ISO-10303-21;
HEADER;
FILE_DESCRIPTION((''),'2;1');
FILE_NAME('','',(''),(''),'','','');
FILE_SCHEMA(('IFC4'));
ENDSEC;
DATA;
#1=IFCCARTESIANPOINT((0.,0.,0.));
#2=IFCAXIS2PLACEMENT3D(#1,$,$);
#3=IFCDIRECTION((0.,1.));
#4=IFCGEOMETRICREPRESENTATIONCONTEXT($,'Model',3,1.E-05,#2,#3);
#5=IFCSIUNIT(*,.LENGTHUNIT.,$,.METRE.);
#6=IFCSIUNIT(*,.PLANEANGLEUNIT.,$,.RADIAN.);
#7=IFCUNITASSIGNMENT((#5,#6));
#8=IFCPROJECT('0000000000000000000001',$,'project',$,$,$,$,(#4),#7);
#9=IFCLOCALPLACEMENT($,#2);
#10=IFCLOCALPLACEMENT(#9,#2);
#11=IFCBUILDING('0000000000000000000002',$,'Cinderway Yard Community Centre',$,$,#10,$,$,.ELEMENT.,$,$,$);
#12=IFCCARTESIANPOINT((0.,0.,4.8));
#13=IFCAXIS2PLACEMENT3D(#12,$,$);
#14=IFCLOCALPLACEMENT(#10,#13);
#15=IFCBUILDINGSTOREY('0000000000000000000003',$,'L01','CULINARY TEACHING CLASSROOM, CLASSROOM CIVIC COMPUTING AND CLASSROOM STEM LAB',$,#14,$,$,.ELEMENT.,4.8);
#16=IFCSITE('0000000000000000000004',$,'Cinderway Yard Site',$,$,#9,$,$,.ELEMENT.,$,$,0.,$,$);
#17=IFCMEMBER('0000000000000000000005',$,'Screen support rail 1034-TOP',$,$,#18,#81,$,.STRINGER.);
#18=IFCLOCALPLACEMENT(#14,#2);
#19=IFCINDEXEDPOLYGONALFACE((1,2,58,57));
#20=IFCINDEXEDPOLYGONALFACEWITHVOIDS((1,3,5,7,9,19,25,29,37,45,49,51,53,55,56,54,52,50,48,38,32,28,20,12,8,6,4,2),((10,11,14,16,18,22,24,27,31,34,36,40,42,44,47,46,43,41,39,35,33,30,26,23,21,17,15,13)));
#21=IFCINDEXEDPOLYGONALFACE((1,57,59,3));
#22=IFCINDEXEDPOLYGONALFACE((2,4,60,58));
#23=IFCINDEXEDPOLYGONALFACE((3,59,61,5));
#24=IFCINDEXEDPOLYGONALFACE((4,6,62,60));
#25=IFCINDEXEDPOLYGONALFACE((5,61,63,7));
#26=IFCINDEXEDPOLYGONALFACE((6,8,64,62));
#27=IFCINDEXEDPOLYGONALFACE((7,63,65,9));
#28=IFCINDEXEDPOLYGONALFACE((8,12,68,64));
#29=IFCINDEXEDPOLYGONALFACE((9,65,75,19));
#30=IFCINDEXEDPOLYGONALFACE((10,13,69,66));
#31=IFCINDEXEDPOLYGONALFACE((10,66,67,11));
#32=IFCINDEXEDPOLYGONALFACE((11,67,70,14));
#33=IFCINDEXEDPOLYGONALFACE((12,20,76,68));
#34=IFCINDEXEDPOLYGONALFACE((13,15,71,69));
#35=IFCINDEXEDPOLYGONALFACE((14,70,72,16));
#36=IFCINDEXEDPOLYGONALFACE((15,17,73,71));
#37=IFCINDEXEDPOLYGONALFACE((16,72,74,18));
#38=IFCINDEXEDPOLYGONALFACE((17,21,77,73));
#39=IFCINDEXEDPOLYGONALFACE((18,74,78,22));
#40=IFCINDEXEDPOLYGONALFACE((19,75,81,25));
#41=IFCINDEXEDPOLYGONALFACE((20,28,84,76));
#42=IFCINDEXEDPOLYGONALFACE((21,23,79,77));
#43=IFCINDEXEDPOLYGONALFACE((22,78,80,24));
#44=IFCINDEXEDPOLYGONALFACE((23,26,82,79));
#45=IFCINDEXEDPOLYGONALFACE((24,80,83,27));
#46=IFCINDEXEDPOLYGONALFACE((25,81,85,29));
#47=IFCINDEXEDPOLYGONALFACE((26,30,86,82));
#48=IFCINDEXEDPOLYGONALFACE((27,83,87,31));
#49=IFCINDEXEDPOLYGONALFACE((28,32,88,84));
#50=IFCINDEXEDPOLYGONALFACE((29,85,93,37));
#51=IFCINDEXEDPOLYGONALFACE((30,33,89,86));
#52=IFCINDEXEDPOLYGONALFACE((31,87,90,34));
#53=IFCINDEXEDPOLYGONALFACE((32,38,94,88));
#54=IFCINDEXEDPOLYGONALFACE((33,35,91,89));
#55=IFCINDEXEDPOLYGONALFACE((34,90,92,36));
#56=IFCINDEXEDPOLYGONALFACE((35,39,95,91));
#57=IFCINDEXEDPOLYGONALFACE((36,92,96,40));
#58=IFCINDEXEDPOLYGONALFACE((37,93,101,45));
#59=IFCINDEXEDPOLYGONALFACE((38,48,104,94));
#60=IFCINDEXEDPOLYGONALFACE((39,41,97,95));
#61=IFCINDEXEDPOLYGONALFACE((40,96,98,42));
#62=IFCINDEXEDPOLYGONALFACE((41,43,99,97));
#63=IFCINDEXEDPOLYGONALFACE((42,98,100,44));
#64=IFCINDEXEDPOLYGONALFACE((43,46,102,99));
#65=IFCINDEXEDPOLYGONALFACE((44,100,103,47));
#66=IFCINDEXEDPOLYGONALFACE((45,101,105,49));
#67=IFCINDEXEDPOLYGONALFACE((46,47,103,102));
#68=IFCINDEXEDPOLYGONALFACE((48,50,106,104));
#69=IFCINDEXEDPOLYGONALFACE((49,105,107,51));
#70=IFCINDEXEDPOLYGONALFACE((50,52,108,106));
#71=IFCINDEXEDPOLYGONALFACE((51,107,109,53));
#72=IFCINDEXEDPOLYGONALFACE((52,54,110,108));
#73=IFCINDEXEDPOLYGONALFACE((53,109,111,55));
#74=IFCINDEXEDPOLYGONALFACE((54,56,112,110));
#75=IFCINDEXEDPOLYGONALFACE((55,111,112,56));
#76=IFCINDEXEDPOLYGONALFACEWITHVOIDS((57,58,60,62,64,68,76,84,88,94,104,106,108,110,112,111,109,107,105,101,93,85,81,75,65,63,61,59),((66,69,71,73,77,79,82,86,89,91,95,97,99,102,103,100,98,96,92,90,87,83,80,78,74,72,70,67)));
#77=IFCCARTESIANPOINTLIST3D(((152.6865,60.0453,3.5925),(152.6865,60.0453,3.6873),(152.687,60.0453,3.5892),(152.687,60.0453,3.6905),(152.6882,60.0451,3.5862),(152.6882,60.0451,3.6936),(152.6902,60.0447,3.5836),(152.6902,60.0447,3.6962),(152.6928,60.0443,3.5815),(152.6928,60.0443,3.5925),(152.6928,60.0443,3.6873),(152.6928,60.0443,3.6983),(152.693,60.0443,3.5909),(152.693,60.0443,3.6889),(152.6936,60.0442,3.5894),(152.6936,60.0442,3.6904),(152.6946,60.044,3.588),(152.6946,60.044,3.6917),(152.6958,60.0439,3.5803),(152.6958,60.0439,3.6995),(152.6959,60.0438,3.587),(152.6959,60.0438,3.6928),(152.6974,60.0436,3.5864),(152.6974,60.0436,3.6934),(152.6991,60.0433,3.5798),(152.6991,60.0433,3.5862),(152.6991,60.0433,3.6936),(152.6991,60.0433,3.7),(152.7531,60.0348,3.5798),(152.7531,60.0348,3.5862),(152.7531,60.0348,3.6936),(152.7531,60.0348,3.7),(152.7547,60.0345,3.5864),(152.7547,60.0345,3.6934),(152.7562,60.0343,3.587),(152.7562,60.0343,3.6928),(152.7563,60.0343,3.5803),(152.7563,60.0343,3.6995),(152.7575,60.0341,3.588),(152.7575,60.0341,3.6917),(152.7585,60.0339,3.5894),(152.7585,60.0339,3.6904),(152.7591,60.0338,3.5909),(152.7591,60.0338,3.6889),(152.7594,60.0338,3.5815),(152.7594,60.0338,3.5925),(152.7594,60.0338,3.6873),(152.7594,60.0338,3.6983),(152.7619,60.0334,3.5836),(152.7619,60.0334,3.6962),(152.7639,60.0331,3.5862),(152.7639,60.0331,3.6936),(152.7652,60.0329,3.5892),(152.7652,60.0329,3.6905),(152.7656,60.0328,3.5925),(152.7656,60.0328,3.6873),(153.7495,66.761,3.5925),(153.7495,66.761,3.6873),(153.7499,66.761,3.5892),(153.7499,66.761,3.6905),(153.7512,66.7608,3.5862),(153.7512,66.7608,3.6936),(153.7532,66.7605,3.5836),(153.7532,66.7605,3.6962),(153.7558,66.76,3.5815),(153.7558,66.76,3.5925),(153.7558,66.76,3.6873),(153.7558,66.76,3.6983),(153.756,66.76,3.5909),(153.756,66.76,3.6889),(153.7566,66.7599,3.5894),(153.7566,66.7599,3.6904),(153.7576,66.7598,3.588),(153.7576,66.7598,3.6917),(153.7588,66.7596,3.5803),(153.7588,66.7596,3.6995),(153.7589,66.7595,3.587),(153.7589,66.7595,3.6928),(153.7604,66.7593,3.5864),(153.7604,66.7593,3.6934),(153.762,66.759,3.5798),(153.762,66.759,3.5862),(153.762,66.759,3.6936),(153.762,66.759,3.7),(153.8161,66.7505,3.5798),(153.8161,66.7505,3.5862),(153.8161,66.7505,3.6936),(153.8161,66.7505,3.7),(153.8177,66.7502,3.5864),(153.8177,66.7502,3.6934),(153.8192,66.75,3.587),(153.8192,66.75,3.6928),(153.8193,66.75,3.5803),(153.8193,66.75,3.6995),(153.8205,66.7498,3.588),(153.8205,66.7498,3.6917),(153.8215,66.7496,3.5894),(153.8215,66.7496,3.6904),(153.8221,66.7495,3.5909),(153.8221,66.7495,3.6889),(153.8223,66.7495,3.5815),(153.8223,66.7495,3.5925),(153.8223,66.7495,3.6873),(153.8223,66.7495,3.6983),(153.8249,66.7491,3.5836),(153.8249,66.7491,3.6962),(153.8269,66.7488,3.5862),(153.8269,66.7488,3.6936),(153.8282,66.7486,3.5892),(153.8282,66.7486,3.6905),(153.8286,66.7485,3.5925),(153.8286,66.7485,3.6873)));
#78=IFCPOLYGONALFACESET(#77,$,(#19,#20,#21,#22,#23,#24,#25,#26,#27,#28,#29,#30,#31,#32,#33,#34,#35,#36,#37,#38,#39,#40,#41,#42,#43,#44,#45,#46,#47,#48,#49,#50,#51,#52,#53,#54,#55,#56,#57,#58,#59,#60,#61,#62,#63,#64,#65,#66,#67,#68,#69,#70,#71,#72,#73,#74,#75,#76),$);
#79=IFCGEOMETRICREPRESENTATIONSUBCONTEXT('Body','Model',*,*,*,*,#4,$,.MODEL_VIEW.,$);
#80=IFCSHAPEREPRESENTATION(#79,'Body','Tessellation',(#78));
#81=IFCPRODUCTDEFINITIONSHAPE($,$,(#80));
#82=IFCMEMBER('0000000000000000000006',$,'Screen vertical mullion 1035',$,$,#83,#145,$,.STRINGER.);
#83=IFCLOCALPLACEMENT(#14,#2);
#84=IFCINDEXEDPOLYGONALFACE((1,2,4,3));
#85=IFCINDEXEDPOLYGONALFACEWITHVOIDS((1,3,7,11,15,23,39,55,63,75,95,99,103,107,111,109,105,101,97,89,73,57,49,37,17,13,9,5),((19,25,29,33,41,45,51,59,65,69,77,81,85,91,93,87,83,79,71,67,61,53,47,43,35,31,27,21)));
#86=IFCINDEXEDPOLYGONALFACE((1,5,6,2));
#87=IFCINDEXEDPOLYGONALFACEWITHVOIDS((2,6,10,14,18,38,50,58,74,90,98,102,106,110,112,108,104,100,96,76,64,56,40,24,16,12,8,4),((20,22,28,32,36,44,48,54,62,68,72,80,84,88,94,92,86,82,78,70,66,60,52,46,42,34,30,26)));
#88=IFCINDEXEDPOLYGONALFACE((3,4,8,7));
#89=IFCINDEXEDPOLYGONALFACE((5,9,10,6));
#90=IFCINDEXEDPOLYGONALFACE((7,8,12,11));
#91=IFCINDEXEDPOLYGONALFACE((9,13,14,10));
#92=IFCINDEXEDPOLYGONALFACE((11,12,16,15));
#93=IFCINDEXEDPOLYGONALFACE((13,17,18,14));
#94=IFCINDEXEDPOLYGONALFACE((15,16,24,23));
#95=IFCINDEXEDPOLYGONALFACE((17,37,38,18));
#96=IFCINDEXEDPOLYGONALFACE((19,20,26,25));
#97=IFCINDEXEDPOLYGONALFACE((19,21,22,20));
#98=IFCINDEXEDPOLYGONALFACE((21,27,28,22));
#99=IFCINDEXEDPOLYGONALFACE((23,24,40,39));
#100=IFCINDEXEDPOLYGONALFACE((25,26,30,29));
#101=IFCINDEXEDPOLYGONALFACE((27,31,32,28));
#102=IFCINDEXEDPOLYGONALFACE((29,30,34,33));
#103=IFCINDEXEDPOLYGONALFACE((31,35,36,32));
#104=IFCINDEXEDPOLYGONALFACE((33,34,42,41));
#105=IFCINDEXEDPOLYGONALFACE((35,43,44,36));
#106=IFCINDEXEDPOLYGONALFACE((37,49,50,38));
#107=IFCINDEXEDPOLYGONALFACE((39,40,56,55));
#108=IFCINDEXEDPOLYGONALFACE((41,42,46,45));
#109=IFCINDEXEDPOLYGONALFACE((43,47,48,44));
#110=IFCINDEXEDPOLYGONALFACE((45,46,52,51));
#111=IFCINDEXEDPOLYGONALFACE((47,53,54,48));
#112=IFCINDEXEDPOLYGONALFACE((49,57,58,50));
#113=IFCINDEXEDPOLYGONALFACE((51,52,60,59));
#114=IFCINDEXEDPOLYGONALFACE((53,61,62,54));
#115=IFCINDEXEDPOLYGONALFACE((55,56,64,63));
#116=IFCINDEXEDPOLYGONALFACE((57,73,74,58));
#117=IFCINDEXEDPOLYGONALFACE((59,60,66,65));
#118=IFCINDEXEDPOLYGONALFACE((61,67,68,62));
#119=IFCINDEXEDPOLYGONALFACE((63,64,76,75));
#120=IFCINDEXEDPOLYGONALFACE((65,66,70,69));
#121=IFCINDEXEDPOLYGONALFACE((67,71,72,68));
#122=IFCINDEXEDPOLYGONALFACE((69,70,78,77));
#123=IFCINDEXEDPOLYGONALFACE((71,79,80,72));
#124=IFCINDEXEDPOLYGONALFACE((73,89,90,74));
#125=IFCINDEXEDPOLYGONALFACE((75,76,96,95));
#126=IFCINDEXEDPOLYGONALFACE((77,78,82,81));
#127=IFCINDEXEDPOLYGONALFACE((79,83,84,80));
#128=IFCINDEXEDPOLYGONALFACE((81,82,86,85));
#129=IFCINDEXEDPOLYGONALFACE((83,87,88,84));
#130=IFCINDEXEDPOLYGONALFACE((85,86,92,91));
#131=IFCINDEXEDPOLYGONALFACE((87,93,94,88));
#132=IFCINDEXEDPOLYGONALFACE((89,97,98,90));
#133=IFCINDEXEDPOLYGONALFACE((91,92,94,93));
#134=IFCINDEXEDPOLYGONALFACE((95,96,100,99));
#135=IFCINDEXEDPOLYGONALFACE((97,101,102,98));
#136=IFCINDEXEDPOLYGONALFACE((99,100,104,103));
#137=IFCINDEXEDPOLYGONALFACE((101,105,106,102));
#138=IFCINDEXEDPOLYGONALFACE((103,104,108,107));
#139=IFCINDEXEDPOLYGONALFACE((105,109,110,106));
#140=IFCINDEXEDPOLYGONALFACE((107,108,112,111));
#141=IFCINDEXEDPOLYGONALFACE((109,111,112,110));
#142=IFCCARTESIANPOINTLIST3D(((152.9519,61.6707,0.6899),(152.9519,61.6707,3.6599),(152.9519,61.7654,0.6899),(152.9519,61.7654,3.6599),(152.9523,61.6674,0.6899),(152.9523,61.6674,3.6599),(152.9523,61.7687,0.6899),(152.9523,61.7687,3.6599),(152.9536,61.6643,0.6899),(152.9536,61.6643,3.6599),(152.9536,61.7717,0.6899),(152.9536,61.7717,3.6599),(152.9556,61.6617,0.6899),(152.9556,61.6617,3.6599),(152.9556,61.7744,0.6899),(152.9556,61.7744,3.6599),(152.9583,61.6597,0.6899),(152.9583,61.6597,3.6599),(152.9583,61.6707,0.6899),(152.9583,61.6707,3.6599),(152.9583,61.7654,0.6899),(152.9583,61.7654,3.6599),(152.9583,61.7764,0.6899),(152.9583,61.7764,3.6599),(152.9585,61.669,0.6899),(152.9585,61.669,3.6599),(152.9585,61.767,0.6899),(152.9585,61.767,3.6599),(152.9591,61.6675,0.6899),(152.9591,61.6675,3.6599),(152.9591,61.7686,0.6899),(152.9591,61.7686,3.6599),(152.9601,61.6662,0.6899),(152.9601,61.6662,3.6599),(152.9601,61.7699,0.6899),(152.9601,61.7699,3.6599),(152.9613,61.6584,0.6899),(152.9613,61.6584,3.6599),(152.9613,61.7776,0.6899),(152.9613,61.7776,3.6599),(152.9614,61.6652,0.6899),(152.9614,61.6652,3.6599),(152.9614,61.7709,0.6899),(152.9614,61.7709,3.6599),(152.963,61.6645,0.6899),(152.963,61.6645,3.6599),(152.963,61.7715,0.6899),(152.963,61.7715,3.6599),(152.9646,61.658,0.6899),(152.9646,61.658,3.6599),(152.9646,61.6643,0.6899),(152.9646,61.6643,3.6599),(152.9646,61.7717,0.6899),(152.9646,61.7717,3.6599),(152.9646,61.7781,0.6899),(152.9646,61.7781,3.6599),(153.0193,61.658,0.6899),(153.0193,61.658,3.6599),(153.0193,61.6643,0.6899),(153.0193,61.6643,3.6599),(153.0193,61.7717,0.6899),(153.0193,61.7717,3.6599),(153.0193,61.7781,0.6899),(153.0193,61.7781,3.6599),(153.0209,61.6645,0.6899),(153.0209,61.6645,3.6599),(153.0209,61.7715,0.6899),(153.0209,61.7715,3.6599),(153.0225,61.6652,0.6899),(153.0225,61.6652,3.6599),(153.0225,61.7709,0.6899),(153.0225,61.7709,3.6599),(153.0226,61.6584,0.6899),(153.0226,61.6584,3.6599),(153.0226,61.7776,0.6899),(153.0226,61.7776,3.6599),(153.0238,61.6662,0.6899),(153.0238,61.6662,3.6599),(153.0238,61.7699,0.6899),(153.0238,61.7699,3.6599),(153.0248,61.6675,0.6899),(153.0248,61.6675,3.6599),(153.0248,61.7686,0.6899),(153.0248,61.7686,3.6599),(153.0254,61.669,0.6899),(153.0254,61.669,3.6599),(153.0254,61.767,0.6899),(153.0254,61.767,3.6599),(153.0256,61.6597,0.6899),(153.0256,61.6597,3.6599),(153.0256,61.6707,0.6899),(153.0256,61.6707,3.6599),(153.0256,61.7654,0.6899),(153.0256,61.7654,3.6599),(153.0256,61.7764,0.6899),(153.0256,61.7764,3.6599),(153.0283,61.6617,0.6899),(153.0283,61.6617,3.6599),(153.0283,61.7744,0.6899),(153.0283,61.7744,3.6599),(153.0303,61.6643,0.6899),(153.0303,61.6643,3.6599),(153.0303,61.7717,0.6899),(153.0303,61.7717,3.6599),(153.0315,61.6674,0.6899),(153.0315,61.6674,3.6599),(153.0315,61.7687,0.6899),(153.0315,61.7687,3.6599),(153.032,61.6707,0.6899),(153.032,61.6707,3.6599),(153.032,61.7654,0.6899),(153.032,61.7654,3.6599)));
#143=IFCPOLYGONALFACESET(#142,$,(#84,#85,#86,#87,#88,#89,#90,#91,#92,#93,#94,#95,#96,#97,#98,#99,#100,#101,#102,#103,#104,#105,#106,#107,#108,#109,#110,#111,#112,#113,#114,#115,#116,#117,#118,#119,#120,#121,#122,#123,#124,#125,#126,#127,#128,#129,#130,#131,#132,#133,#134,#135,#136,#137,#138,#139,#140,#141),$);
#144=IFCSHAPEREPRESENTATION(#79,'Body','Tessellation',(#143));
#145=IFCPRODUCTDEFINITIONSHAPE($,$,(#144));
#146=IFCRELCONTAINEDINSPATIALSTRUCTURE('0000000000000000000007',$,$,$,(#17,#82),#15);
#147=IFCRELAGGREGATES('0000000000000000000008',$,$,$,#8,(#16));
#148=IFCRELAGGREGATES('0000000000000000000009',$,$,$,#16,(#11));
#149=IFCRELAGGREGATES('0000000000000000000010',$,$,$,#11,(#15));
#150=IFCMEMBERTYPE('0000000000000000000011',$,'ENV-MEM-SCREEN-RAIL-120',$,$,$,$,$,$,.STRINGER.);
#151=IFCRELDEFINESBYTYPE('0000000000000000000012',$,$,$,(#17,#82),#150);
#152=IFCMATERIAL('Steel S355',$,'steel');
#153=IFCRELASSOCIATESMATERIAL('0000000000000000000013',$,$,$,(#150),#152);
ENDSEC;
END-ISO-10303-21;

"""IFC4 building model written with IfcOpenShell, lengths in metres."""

from ifc_helpers import new_model, si_unit, direction, frame, origin, origin_2d, place, context, subcontext, project, spatial, hollow_rectangle, extrude, material, material_profile, profile_set, type_object, element, save


model = new_model("IFC4")

# Units and contexts
model_context = context("Model", 3, precision=1e-05, world=origin(), true_north=direction((0.0, 1.0)))
body_context = subcontext(model_context, "Body", "Model", "MODEL_VIEW")
ifc_project = project(units=[si_unit("LENGTHUNIT", "METRE"), si_unit("PLANEANGLEUNIT", "RADIAN")], contexts=[model_context])

# Site, building, storey
site_placement = place(None, origin())
site = spatial("IfcSite", under=ifc_project, at=site_placement, Name="Cinderway Yard Site", CompositionType="ELEMENT", RefElevation=0.0)
building_placement = place(site_placement, origin())
building = spatial("IfcBuilding", under=site, at=building_placement, Name="Cinderway Yard Community Centre", CompositionType="ELEMENT")
storey_placement = place(building_placement, frame((0.0, 0.0, 4.8)))
storey = spatial("IfcBuildingStorey", under=building, at=storey_placement, Name="L01", Description="CULINARY TEACHING CLASSROOM, CLASSROOM CIVIC COMPUTING AND CLASSROOM STEM LAB", CompositionType="ELEMENT", Elevation=4.8)

# Members
ifc_material_1 = material(Name="Steel S355", Category="steel")
ifc_material_profile_1 = material_profile(ifc_material_1, hollow_rectangle(XDim=0.0801, YDim=0.1201, WallThickness=0.0063, InnerFilletRadius=0.0063, OuterFilletRadius=0.0127, at=origin_2d()), Name="Steel S355")
ifc_profile_set_1 = profile_set([ifc_material_profile_1], Name="Steel S355")
member_type_1 = type_object("IfcMemberType", Name="ENV-MEM-SCREEN-RAIL-120", PredefinedType="STRINGER", material=ifc_profile_set_1)
for number, where, z_axis, x_axis, name in (
    (1, (152.7261, 60.0391, 3.6399), (0.156335, 0.987704, 0.0), (-0.987704, 0.156335, 0.0), "Screen support rail 1034-TOP"),
):
    element("IfcMember", number, at=place(storey_placement, frame(where, z_axis=z_axis, x_axis=x_axis)), inside=storey, type_object=member_type_1, Name=name, PredefinedType="STRINGER", context=body_context, shape_type="SweptSolid", body=[
        extrude(hollow_rectangle(XDim=0.0801, YDim=0.1201, WallThickness=0.0063, InnerFilletRadius=0.0063, OuterFilletRadius=0.0127, at=origin_2d()), origin(), (0.0, 0.0, 1.0), 6.7993),
    ])
for number, where, z_axis, x_axis, name in (
    (2, (152.9919, 61.718, 0.6899), (0.0, 0.0, 1.0), (1.0, 0.0, 0.0), "Screen vertical mullion 1035"),
):
    element("IfcMember", number, at=place(storey_placement, frame(where, z_axis=z_axis, x_axis=x_axis)), inside=storey, type_object=member_type_1, Name=name, PredefinedType="STRINGER", context=body_context, shape_type="SweptSolid", body=[
        extrude(hollow_rectangle(XDim=0.0801, YDim=0.1201, WallThickness=0.0063, InnerFilletRadius=0.0063, OuterFilletRadius=0.0127, at=origin_2d()), origin(), (0.0, 0.0, 1.0), 2.97),
    ])

save(model, "model.ifc")
